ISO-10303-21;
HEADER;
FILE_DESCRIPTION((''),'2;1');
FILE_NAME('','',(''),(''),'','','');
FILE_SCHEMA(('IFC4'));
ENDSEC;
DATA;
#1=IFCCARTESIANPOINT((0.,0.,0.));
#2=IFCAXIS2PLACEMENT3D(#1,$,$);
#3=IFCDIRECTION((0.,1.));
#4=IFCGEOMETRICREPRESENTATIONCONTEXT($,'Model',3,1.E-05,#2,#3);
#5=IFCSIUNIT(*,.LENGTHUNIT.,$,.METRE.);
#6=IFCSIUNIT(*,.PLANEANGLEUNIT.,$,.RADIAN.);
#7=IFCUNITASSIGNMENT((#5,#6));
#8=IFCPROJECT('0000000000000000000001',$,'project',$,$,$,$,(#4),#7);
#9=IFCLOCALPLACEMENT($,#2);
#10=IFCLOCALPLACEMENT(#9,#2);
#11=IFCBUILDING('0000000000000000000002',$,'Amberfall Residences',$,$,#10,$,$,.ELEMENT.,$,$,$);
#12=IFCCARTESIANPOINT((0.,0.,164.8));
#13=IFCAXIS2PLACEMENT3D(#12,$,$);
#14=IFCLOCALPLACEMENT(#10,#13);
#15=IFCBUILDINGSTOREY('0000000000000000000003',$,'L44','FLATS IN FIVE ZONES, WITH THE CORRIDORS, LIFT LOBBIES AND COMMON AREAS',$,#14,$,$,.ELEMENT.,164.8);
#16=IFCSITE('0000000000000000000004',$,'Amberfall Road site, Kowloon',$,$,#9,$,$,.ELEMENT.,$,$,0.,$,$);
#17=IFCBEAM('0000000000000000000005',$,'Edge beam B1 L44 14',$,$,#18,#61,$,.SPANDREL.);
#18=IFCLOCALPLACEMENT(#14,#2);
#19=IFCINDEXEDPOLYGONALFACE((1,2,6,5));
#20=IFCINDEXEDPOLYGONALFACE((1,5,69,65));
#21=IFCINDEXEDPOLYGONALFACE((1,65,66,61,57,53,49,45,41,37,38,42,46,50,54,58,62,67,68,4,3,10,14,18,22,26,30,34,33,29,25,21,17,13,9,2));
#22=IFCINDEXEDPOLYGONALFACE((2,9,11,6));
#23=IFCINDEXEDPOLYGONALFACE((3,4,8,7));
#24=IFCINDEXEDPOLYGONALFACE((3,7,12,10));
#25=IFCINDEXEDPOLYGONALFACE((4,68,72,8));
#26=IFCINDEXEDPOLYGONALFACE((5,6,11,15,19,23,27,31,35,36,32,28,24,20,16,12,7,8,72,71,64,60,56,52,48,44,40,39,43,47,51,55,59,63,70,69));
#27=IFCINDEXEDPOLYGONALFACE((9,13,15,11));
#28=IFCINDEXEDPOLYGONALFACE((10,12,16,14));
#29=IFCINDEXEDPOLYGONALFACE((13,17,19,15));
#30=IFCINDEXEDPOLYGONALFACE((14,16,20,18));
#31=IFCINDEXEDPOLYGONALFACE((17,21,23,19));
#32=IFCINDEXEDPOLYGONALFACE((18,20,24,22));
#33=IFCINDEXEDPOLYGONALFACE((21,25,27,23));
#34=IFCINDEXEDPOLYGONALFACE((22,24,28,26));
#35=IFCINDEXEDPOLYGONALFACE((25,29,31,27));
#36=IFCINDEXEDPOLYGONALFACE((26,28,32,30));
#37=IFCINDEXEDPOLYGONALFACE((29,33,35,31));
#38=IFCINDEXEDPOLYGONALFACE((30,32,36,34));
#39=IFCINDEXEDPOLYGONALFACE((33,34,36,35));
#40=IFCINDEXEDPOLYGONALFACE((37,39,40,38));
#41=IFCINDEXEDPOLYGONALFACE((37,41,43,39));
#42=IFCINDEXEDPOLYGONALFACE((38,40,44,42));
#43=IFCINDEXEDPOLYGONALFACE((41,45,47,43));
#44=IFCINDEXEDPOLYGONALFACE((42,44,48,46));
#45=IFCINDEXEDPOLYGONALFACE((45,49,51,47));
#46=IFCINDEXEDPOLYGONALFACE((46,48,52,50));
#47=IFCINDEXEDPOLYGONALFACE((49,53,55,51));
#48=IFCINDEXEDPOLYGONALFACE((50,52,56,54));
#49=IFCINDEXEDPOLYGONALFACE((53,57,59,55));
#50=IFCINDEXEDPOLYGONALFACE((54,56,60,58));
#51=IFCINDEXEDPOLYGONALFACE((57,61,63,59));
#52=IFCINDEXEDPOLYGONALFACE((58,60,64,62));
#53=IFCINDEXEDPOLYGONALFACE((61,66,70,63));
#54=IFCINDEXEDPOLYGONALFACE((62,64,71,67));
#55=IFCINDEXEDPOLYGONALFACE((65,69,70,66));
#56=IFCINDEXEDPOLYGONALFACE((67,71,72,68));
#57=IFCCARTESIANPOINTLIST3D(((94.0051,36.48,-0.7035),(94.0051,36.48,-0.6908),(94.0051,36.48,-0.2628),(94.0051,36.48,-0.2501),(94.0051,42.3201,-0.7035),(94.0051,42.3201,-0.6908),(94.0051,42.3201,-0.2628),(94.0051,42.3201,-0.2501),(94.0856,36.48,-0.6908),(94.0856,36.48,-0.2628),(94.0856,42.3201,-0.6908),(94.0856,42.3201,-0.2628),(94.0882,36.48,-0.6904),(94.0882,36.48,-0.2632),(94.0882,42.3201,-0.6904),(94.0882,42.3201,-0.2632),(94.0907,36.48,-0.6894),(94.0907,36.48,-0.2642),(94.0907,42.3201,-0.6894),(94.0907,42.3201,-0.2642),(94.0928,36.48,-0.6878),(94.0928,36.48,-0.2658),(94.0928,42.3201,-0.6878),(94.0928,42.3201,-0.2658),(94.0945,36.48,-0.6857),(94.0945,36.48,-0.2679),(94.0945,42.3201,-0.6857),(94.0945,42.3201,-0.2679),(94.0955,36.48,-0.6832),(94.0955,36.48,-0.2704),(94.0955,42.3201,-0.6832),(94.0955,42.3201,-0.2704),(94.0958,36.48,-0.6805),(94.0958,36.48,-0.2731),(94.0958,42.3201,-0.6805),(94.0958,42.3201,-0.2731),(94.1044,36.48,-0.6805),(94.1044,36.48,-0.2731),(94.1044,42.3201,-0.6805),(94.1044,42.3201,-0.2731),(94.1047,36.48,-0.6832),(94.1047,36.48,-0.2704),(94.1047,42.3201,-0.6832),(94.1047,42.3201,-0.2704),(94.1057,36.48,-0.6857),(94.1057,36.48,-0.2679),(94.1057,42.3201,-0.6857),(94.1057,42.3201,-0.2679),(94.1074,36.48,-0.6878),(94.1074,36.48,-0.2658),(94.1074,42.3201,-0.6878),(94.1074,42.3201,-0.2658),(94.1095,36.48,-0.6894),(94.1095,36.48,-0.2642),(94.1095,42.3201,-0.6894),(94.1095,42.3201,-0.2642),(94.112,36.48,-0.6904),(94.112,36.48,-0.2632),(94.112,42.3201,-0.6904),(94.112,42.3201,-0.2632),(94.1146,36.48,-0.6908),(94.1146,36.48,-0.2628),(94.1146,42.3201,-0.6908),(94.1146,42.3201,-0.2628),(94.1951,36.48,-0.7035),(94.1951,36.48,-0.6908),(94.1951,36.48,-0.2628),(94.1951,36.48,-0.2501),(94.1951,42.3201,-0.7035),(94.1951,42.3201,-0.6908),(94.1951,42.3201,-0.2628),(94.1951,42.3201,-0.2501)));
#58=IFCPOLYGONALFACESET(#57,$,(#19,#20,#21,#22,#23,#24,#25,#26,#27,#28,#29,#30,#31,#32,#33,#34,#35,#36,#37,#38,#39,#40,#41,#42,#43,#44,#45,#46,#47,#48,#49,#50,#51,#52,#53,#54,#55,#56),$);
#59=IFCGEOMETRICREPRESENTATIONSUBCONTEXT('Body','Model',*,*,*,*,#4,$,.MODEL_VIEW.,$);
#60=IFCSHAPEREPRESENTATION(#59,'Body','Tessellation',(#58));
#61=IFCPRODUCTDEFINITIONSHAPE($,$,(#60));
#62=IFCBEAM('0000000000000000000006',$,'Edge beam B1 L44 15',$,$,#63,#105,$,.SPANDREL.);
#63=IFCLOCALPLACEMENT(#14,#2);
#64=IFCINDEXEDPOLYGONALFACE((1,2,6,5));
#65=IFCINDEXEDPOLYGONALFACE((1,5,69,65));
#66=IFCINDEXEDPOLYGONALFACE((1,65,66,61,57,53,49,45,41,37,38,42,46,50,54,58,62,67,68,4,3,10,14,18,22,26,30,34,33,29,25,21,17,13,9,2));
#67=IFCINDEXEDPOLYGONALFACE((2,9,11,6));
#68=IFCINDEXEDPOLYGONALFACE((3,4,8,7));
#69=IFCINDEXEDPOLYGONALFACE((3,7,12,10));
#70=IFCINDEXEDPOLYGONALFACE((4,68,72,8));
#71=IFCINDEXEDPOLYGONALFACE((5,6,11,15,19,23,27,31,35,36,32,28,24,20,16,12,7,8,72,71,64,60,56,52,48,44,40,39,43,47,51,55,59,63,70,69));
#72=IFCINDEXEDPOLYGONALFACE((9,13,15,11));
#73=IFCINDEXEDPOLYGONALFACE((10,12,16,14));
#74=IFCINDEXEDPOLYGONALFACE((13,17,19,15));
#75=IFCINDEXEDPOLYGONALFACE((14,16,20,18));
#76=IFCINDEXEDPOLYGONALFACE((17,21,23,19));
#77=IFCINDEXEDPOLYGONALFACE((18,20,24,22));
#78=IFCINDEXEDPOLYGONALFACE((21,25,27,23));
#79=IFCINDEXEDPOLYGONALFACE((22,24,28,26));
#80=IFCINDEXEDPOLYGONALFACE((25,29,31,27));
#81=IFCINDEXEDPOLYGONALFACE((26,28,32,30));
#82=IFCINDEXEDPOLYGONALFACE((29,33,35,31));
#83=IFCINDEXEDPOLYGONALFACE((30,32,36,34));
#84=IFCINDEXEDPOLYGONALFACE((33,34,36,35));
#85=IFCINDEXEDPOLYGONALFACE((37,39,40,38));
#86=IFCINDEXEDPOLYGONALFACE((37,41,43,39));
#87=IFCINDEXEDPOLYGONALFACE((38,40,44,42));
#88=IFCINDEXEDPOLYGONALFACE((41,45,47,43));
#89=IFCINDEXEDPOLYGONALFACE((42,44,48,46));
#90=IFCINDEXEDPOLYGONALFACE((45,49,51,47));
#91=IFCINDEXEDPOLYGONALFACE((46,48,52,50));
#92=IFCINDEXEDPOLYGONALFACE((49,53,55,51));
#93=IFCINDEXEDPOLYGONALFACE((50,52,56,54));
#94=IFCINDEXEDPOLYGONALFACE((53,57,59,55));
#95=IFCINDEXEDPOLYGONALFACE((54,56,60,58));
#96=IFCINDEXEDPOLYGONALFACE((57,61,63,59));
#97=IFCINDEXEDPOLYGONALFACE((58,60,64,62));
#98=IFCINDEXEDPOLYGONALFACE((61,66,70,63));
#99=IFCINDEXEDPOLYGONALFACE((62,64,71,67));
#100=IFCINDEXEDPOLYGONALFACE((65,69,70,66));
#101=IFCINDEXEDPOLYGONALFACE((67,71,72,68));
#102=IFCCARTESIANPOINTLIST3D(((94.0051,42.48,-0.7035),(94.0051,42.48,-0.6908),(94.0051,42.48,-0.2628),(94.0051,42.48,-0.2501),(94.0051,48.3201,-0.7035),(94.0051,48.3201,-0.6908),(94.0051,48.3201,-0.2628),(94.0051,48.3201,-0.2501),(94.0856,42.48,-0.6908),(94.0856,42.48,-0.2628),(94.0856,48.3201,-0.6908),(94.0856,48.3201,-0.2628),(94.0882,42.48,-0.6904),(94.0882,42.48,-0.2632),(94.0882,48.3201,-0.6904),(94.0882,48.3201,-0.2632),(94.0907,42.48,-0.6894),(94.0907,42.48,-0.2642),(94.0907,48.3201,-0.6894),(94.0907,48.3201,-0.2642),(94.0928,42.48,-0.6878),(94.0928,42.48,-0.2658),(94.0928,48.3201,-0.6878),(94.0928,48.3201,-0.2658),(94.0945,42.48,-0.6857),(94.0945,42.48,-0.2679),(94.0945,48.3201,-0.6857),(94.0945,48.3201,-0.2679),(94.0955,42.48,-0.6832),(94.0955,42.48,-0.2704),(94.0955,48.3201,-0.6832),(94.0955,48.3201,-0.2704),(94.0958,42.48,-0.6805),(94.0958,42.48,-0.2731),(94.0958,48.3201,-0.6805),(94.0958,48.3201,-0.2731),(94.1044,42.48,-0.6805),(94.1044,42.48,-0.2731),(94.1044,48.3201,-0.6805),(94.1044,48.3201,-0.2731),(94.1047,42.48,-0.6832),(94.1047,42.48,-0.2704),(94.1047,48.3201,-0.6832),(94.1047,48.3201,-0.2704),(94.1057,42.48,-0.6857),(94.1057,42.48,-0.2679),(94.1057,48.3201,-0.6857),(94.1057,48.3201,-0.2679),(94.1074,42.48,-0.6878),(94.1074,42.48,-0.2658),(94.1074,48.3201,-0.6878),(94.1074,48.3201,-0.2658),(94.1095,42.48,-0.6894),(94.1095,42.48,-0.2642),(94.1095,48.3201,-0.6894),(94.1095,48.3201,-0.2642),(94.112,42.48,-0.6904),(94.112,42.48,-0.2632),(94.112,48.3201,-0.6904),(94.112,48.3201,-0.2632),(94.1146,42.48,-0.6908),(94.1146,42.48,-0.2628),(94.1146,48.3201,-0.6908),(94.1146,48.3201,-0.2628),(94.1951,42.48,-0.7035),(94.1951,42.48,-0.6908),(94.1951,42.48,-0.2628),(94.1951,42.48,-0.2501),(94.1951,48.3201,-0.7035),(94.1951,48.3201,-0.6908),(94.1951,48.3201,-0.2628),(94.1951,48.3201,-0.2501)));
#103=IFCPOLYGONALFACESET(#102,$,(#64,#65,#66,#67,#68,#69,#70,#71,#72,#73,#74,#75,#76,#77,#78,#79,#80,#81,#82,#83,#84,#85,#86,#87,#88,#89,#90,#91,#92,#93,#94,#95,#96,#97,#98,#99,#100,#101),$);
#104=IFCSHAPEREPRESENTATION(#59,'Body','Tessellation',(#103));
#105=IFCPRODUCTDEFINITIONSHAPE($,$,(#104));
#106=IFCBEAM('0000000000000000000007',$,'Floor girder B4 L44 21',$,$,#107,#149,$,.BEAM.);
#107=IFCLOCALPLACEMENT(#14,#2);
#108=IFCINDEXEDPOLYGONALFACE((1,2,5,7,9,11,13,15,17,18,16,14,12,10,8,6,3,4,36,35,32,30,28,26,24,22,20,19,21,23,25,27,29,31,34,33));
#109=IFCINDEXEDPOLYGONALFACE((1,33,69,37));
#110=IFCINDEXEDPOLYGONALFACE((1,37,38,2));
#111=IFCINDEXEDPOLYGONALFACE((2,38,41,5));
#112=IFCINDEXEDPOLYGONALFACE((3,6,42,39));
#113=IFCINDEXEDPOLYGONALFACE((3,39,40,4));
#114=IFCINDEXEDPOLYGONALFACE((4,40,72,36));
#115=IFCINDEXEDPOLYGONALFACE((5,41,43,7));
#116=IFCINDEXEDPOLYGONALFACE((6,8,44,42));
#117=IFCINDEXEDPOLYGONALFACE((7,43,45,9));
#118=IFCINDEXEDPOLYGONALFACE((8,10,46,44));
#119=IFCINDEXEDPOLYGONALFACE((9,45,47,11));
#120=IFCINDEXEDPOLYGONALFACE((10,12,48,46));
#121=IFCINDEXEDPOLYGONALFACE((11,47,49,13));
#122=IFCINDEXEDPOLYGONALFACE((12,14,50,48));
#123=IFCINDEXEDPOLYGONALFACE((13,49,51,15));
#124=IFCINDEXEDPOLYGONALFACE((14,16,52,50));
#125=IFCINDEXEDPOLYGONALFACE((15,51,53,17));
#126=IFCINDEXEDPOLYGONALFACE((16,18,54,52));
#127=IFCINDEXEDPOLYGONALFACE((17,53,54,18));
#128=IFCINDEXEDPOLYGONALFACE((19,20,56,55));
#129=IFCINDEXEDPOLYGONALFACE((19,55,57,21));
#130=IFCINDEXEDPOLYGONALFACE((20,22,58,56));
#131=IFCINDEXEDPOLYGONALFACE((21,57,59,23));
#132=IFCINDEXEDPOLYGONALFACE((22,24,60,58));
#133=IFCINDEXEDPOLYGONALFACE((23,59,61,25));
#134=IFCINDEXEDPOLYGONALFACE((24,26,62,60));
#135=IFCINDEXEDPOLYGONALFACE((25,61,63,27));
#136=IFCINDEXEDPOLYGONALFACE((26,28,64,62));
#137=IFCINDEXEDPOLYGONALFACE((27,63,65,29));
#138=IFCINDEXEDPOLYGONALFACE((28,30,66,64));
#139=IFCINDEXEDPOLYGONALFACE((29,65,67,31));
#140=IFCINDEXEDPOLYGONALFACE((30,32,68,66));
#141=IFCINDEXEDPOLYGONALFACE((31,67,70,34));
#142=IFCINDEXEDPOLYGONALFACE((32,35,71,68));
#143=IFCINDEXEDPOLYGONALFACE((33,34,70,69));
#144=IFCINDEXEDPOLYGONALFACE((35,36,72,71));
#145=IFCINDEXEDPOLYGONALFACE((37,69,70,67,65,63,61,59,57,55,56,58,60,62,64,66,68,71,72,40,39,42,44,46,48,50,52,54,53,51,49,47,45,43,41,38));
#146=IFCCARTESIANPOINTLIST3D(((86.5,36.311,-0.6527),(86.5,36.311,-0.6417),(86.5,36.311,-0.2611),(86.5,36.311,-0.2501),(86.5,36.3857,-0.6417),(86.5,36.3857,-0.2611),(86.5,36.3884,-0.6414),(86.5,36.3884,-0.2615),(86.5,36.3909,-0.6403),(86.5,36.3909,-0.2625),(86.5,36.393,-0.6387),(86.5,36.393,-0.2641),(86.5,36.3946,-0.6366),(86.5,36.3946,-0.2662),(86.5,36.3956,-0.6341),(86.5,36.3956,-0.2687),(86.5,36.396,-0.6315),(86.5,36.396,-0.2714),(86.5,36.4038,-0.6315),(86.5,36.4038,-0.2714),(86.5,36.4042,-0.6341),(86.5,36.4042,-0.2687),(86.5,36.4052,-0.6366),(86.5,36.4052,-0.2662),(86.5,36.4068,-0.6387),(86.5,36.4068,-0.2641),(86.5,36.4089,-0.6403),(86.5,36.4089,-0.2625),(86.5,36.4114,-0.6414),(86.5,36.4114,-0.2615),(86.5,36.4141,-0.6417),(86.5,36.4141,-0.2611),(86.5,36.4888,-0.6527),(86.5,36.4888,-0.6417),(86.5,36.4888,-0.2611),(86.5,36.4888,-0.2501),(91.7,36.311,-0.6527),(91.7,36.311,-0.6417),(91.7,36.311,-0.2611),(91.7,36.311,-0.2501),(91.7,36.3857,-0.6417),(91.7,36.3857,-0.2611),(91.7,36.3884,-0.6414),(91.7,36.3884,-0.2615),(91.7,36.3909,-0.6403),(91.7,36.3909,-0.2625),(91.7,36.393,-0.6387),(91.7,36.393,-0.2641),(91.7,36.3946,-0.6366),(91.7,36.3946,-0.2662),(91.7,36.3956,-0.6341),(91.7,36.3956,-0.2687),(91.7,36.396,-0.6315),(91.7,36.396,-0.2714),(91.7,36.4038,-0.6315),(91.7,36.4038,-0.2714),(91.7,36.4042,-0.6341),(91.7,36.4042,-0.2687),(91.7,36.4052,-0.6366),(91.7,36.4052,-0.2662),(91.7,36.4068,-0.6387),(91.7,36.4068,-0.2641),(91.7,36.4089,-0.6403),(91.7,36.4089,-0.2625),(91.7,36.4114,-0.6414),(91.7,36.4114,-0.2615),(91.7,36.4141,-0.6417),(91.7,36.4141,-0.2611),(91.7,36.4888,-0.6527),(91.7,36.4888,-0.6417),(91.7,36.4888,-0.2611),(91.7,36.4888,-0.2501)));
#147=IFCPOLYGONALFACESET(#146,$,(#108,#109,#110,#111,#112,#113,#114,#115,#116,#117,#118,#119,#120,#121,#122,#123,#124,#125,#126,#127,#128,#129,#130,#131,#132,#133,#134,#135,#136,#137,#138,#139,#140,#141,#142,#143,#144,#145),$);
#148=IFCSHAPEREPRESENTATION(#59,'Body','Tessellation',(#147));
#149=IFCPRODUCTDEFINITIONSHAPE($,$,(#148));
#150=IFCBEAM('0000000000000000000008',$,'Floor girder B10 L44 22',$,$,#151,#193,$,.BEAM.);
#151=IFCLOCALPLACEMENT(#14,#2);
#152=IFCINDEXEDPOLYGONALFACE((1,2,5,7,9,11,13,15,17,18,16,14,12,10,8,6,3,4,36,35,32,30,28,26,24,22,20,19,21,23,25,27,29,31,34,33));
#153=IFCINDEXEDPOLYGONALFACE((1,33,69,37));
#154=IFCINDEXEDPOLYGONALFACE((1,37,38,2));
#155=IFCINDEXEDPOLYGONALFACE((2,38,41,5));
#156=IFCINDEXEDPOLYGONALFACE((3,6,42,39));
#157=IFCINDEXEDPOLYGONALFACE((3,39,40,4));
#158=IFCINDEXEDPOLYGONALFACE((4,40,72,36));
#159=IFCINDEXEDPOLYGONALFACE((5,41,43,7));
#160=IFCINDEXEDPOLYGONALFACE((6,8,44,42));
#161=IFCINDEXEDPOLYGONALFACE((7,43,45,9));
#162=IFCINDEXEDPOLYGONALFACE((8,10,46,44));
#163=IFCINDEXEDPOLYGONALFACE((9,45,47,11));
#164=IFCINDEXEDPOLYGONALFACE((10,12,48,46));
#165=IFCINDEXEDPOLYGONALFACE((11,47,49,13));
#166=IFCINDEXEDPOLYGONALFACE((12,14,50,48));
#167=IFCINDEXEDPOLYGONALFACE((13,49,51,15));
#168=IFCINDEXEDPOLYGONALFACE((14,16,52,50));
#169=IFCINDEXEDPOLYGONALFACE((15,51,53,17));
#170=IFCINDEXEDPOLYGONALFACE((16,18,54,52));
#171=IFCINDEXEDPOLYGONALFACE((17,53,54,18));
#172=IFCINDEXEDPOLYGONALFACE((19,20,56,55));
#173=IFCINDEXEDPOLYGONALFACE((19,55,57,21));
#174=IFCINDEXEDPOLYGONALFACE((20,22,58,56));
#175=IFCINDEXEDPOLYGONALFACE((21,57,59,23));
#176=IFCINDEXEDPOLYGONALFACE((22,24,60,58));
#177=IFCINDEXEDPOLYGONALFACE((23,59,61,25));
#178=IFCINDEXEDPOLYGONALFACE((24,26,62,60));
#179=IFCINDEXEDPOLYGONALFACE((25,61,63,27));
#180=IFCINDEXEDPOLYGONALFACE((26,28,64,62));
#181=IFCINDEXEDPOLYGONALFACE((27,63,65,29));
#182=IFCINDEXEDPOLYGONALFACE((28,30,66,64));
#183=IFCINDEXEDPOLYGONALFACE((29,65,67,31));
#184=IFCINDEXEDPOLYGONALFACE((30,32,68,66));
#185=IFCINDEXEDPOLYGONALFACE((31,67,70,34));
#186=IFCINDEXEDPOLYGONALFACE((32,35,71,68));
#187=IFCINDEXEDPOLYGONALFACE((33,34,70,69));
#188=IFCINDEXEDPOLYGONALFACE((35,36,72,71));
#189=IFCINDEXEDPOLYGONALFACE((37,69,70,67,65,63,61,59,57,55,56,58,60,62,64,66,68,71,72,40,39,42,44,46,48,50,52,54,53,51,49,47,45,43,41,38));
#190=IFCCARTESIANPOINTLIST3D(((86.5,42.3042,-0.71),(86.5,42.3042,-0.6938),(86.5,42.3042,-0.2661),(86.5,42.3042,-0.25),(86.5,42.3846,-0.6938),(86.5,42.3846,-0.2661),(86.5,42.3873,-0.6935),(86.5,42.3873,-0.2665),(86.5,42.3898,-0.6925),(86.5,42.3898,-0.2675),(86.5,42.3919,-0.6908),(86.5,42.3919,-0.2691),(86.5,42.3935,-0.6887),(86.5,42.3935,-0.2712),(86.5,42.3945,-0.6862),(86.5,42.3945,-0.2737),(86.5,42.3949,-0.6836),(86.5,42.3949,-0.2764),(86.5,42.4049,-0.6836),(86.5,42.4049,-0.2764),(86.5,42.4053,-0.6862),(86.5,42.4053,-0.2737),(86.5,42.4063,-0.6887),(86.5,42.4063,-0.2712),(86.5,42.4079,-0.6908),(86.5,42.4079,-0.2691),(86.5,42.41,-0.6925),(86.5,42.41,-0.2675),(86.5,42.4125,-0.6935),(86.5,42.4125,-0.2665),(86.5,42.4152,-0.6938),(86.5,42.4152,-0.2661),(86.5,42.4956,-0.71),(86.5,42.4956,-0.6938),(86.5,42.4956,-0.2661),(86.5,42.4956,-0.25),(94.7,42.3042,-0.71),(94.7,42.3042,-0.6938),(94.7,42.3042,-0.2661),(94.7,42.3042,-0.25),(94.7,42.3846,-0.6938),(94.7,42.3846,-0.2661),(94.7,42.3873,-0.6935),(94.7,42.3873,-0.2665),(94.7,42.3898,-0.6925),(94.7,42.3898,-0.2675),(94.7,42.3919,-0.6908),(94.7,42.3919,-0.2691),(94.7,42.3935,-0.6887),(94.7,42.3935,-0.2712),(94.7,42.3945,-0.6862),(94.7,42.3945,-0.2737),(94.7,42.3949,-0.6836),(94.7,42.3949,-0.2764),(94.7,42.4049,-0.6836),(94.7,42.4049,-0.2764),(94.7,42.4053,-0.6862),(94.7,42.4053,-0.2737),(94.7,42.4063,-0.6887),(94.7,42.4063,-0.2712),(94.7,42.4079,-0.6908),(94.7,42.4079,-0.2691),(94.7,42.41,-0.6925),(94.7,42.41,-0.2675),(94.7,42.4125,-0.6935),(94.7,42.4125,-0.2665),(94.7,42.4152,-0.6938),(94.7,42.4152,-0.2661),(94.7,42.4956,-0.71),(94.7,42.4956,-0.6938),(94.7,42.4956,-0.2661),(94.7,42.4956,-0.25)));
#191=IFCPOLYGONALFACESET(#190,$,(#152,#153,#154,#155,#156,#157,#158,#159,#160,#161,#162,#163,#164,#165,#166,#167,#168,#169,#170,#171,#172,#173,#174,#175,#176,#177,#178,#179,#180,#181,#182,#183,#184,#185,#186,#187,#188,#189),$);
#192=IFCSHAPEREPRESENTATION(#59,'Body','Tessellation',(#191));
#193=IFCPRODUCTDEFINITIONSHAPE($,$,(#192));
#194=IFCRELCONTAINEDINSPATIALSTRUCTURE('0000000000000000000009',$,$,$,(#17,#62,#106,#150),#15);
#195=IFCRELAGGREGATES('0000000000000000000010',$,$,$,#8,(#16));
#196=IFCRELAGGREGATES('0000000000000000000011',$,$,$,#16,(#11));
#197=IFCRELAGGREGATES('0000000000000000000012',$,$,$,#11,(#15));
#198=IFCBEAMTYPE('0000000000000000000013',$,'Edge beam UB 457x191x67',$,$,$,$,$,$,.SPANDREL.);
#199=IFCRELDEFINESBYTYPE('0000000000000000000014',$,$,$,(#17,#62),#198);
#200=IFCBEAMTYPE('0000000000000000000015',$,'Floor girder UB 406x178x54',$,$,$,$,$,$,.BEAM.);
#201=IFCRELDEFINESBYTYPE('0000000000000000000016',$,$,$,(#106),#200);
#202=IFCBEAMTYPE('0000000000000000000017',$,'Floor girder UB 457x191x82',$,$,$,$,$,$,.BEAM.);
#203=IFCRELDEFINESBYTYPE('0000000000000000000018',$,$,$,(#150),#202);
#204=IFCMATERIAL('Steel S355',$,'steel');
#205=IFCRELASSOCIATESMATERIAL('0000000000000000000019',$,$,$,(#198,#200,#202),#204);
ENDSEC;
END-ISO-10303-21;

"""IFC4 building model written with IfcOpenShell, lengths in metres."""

from ifc_helpers import new_model, si_unit, direction, frame, origin, origin_2d, place, context, subcontext, project, spatial, i_section, extrude, material, material_profile, profile_set, type_object, element, save


model = new_model("IFC4")

# Units and contexts
model_context = context("Model", 3, precision=1e-05, world=origin(), true_north=direction((0.0, 1.0)))
body_context = subcontext(model_context, "Body", "Model", "MODEL_VIEW")
ifc_project = project(units=[si_unit("LENGTHUNIT", "METRE"), si_unit("PLANEANGLEUNIT", "RADIAN")], contexts=[model_context])

# Site, building, storey
site_placement = place(None, origin())
site = spatial("IfcSite", under=ifc_project, at=site_placement, Name="Amberfall Road site, Kowloon", CompositionType="ELEMENT", RefElevation=0.0)
building_placement = place(site_placement, origin())
building = spatial("IfcBuilding", under=site, at=building_placement, Name="Amberfall Residences", CompositionType="ELEMENT")
storey_placement = place(building_placement, frame((0.0, 0.0, 164.8)))
storey = spatial("IfcBuildingStorey", under=building, at=storey_placement, Name="L44", Description="FLATS IN FIVE ZONES, WITH THE CORRIDORS, LIFT LOBBIES AND COMMON AREAS", CompositionType="ELEMENT", Elevation=164.8)

# Beams
ifc_material_1 = material(Name="Steel S355", Category="steel")
ifc_material_profile_1 = material_profile(ifc_material_1, i_section(OverallWidth=0.1899, OverallDepth=0.4534, WebThickness=0.0085, FlangeThickness=0.0127, FilletRadius=0.0103, at=origin_2d()), Name="UB 457x191x67")
ifc_profile_set_1 = profile_set([ifc_material_profile_1], Name="Steel S355")
beam_type_1 = type_object("IfcBeamType", Name="Edge beam UB 457x191x67", PredefinedType="SPANDREL", material=ifc_profile_set_1)
for number, where, z_axis, x_axis, name in (
    (1, (94.1001, 36.48, -0.4768), (0.0, 1.0, 0.0), (-1.0, 0.0, 0.0), "Edge beam B1 L44 14"),
    (2, (94.1001, 42.48, -0.4768), (0.0, 1.0, 0.0), (-1.0, 0.0, 0.0), "Edge beam B1 L44 15"),
):
    element("IfcBeam", number, at=place(storey_placement, frame(where, z_axis=z_axis, x_axis=x_axis)), inside=storey, type_object=beam_type_1, Name=name, PredefinedType="SPANDREL", context=body_context, shape_type="SweptSolid", body=[
        extrude(i_section(OverallWidth=0.1899, OverallDepth=0.4534, WebThickness=0.0085, FlangeThickness=0.0127, FilletRadius=0.0103, at=origin_2d()), origin(), (0.0, 0.0, 1.0), 5.8401),
    ])
ifc_material_profile_2 = material_profile(ifc_material_1, i_section(OverallWidth=0.1777, OverallDepth=0.4026, WebThickness=0.0078, FlangeThickness=0.011, FilletRadius=0.0103, at=origin_2d()), Name="UB 406x178x54")
ifc_profile_set_2 = profile_set([ifc_material_profile_2], Name="Steel S355")
beam_type_2 = type_object("IfcBeamType", Name="Floor girder UB 406x178x54", PredefinedType="BEAM", material=ifc_profile_set_2)
beam_1_placement = place(storey_placement, frame((91.7, 36.3999, -0.4514), z_axis=(-1.0, 0.0, 0.0), x_axis=(0.0, -1.0, 0.0)))
element("IfcBeam", 3, at=beam_1_placement, inside=storey, type_object=beam_type_2, Name="Floor girder B4 L44 21", PredefinedType="BEAM", context=body_context, shape_type="SweptSolid", body=[
    extrude(i_section(OverallWidth=0.1777, OverallDepth=0.4026, WebThickness=0.0078, FlangeThickness=0.011, FilletRadius=0.0103, at=origin_2d()), origin(), (0.0, 0.0, 1.0), 5.2),
])
ifc_material_profile_3 = material_profile(ifc_material_1, i_section(OverallWidth=0.1914, OverallDepth=0.46, WebThickness=0.01, FlangeThickness=0.0161, FilletRadius=0.0103, at=origin_2d()), Name="UB 457x191x82")
ifc_profile_set_3 = profile_set([ifc_material_profile_3], Name="Steel S355")
beam_type_3 = type_object("IfcBeamType", Name="Floor girder UB 457x191x82", PredefinedType="BEAM", material=ifc_profile_set_3)
beam_2_placement = place(storey_placement, frame((94.7, 42.3999, -0.48), z_axis=(-1.0, 0.0, 0.0), x_axis=(0.0, -1.0, 0.0)))
element("IfcBeam", 4, at=beam_2_placement, inside=storey, type_object=beam_type_3, Name="Floor girder B10 L44 22", PredefinedType="BEAM", context=body_context, shape_type="SweptSolid", body=[
    extrude(i_section(OverallWidth=0.1914, OverallDepth=0.46, WebThickness=0.01, FlangeThickness=0.0161, FilletRadius=0.0103, at=origin_2d()), origin(), (0.0, 0.0, 1.0), 8.2),
])

save(model, "model.ifc")
